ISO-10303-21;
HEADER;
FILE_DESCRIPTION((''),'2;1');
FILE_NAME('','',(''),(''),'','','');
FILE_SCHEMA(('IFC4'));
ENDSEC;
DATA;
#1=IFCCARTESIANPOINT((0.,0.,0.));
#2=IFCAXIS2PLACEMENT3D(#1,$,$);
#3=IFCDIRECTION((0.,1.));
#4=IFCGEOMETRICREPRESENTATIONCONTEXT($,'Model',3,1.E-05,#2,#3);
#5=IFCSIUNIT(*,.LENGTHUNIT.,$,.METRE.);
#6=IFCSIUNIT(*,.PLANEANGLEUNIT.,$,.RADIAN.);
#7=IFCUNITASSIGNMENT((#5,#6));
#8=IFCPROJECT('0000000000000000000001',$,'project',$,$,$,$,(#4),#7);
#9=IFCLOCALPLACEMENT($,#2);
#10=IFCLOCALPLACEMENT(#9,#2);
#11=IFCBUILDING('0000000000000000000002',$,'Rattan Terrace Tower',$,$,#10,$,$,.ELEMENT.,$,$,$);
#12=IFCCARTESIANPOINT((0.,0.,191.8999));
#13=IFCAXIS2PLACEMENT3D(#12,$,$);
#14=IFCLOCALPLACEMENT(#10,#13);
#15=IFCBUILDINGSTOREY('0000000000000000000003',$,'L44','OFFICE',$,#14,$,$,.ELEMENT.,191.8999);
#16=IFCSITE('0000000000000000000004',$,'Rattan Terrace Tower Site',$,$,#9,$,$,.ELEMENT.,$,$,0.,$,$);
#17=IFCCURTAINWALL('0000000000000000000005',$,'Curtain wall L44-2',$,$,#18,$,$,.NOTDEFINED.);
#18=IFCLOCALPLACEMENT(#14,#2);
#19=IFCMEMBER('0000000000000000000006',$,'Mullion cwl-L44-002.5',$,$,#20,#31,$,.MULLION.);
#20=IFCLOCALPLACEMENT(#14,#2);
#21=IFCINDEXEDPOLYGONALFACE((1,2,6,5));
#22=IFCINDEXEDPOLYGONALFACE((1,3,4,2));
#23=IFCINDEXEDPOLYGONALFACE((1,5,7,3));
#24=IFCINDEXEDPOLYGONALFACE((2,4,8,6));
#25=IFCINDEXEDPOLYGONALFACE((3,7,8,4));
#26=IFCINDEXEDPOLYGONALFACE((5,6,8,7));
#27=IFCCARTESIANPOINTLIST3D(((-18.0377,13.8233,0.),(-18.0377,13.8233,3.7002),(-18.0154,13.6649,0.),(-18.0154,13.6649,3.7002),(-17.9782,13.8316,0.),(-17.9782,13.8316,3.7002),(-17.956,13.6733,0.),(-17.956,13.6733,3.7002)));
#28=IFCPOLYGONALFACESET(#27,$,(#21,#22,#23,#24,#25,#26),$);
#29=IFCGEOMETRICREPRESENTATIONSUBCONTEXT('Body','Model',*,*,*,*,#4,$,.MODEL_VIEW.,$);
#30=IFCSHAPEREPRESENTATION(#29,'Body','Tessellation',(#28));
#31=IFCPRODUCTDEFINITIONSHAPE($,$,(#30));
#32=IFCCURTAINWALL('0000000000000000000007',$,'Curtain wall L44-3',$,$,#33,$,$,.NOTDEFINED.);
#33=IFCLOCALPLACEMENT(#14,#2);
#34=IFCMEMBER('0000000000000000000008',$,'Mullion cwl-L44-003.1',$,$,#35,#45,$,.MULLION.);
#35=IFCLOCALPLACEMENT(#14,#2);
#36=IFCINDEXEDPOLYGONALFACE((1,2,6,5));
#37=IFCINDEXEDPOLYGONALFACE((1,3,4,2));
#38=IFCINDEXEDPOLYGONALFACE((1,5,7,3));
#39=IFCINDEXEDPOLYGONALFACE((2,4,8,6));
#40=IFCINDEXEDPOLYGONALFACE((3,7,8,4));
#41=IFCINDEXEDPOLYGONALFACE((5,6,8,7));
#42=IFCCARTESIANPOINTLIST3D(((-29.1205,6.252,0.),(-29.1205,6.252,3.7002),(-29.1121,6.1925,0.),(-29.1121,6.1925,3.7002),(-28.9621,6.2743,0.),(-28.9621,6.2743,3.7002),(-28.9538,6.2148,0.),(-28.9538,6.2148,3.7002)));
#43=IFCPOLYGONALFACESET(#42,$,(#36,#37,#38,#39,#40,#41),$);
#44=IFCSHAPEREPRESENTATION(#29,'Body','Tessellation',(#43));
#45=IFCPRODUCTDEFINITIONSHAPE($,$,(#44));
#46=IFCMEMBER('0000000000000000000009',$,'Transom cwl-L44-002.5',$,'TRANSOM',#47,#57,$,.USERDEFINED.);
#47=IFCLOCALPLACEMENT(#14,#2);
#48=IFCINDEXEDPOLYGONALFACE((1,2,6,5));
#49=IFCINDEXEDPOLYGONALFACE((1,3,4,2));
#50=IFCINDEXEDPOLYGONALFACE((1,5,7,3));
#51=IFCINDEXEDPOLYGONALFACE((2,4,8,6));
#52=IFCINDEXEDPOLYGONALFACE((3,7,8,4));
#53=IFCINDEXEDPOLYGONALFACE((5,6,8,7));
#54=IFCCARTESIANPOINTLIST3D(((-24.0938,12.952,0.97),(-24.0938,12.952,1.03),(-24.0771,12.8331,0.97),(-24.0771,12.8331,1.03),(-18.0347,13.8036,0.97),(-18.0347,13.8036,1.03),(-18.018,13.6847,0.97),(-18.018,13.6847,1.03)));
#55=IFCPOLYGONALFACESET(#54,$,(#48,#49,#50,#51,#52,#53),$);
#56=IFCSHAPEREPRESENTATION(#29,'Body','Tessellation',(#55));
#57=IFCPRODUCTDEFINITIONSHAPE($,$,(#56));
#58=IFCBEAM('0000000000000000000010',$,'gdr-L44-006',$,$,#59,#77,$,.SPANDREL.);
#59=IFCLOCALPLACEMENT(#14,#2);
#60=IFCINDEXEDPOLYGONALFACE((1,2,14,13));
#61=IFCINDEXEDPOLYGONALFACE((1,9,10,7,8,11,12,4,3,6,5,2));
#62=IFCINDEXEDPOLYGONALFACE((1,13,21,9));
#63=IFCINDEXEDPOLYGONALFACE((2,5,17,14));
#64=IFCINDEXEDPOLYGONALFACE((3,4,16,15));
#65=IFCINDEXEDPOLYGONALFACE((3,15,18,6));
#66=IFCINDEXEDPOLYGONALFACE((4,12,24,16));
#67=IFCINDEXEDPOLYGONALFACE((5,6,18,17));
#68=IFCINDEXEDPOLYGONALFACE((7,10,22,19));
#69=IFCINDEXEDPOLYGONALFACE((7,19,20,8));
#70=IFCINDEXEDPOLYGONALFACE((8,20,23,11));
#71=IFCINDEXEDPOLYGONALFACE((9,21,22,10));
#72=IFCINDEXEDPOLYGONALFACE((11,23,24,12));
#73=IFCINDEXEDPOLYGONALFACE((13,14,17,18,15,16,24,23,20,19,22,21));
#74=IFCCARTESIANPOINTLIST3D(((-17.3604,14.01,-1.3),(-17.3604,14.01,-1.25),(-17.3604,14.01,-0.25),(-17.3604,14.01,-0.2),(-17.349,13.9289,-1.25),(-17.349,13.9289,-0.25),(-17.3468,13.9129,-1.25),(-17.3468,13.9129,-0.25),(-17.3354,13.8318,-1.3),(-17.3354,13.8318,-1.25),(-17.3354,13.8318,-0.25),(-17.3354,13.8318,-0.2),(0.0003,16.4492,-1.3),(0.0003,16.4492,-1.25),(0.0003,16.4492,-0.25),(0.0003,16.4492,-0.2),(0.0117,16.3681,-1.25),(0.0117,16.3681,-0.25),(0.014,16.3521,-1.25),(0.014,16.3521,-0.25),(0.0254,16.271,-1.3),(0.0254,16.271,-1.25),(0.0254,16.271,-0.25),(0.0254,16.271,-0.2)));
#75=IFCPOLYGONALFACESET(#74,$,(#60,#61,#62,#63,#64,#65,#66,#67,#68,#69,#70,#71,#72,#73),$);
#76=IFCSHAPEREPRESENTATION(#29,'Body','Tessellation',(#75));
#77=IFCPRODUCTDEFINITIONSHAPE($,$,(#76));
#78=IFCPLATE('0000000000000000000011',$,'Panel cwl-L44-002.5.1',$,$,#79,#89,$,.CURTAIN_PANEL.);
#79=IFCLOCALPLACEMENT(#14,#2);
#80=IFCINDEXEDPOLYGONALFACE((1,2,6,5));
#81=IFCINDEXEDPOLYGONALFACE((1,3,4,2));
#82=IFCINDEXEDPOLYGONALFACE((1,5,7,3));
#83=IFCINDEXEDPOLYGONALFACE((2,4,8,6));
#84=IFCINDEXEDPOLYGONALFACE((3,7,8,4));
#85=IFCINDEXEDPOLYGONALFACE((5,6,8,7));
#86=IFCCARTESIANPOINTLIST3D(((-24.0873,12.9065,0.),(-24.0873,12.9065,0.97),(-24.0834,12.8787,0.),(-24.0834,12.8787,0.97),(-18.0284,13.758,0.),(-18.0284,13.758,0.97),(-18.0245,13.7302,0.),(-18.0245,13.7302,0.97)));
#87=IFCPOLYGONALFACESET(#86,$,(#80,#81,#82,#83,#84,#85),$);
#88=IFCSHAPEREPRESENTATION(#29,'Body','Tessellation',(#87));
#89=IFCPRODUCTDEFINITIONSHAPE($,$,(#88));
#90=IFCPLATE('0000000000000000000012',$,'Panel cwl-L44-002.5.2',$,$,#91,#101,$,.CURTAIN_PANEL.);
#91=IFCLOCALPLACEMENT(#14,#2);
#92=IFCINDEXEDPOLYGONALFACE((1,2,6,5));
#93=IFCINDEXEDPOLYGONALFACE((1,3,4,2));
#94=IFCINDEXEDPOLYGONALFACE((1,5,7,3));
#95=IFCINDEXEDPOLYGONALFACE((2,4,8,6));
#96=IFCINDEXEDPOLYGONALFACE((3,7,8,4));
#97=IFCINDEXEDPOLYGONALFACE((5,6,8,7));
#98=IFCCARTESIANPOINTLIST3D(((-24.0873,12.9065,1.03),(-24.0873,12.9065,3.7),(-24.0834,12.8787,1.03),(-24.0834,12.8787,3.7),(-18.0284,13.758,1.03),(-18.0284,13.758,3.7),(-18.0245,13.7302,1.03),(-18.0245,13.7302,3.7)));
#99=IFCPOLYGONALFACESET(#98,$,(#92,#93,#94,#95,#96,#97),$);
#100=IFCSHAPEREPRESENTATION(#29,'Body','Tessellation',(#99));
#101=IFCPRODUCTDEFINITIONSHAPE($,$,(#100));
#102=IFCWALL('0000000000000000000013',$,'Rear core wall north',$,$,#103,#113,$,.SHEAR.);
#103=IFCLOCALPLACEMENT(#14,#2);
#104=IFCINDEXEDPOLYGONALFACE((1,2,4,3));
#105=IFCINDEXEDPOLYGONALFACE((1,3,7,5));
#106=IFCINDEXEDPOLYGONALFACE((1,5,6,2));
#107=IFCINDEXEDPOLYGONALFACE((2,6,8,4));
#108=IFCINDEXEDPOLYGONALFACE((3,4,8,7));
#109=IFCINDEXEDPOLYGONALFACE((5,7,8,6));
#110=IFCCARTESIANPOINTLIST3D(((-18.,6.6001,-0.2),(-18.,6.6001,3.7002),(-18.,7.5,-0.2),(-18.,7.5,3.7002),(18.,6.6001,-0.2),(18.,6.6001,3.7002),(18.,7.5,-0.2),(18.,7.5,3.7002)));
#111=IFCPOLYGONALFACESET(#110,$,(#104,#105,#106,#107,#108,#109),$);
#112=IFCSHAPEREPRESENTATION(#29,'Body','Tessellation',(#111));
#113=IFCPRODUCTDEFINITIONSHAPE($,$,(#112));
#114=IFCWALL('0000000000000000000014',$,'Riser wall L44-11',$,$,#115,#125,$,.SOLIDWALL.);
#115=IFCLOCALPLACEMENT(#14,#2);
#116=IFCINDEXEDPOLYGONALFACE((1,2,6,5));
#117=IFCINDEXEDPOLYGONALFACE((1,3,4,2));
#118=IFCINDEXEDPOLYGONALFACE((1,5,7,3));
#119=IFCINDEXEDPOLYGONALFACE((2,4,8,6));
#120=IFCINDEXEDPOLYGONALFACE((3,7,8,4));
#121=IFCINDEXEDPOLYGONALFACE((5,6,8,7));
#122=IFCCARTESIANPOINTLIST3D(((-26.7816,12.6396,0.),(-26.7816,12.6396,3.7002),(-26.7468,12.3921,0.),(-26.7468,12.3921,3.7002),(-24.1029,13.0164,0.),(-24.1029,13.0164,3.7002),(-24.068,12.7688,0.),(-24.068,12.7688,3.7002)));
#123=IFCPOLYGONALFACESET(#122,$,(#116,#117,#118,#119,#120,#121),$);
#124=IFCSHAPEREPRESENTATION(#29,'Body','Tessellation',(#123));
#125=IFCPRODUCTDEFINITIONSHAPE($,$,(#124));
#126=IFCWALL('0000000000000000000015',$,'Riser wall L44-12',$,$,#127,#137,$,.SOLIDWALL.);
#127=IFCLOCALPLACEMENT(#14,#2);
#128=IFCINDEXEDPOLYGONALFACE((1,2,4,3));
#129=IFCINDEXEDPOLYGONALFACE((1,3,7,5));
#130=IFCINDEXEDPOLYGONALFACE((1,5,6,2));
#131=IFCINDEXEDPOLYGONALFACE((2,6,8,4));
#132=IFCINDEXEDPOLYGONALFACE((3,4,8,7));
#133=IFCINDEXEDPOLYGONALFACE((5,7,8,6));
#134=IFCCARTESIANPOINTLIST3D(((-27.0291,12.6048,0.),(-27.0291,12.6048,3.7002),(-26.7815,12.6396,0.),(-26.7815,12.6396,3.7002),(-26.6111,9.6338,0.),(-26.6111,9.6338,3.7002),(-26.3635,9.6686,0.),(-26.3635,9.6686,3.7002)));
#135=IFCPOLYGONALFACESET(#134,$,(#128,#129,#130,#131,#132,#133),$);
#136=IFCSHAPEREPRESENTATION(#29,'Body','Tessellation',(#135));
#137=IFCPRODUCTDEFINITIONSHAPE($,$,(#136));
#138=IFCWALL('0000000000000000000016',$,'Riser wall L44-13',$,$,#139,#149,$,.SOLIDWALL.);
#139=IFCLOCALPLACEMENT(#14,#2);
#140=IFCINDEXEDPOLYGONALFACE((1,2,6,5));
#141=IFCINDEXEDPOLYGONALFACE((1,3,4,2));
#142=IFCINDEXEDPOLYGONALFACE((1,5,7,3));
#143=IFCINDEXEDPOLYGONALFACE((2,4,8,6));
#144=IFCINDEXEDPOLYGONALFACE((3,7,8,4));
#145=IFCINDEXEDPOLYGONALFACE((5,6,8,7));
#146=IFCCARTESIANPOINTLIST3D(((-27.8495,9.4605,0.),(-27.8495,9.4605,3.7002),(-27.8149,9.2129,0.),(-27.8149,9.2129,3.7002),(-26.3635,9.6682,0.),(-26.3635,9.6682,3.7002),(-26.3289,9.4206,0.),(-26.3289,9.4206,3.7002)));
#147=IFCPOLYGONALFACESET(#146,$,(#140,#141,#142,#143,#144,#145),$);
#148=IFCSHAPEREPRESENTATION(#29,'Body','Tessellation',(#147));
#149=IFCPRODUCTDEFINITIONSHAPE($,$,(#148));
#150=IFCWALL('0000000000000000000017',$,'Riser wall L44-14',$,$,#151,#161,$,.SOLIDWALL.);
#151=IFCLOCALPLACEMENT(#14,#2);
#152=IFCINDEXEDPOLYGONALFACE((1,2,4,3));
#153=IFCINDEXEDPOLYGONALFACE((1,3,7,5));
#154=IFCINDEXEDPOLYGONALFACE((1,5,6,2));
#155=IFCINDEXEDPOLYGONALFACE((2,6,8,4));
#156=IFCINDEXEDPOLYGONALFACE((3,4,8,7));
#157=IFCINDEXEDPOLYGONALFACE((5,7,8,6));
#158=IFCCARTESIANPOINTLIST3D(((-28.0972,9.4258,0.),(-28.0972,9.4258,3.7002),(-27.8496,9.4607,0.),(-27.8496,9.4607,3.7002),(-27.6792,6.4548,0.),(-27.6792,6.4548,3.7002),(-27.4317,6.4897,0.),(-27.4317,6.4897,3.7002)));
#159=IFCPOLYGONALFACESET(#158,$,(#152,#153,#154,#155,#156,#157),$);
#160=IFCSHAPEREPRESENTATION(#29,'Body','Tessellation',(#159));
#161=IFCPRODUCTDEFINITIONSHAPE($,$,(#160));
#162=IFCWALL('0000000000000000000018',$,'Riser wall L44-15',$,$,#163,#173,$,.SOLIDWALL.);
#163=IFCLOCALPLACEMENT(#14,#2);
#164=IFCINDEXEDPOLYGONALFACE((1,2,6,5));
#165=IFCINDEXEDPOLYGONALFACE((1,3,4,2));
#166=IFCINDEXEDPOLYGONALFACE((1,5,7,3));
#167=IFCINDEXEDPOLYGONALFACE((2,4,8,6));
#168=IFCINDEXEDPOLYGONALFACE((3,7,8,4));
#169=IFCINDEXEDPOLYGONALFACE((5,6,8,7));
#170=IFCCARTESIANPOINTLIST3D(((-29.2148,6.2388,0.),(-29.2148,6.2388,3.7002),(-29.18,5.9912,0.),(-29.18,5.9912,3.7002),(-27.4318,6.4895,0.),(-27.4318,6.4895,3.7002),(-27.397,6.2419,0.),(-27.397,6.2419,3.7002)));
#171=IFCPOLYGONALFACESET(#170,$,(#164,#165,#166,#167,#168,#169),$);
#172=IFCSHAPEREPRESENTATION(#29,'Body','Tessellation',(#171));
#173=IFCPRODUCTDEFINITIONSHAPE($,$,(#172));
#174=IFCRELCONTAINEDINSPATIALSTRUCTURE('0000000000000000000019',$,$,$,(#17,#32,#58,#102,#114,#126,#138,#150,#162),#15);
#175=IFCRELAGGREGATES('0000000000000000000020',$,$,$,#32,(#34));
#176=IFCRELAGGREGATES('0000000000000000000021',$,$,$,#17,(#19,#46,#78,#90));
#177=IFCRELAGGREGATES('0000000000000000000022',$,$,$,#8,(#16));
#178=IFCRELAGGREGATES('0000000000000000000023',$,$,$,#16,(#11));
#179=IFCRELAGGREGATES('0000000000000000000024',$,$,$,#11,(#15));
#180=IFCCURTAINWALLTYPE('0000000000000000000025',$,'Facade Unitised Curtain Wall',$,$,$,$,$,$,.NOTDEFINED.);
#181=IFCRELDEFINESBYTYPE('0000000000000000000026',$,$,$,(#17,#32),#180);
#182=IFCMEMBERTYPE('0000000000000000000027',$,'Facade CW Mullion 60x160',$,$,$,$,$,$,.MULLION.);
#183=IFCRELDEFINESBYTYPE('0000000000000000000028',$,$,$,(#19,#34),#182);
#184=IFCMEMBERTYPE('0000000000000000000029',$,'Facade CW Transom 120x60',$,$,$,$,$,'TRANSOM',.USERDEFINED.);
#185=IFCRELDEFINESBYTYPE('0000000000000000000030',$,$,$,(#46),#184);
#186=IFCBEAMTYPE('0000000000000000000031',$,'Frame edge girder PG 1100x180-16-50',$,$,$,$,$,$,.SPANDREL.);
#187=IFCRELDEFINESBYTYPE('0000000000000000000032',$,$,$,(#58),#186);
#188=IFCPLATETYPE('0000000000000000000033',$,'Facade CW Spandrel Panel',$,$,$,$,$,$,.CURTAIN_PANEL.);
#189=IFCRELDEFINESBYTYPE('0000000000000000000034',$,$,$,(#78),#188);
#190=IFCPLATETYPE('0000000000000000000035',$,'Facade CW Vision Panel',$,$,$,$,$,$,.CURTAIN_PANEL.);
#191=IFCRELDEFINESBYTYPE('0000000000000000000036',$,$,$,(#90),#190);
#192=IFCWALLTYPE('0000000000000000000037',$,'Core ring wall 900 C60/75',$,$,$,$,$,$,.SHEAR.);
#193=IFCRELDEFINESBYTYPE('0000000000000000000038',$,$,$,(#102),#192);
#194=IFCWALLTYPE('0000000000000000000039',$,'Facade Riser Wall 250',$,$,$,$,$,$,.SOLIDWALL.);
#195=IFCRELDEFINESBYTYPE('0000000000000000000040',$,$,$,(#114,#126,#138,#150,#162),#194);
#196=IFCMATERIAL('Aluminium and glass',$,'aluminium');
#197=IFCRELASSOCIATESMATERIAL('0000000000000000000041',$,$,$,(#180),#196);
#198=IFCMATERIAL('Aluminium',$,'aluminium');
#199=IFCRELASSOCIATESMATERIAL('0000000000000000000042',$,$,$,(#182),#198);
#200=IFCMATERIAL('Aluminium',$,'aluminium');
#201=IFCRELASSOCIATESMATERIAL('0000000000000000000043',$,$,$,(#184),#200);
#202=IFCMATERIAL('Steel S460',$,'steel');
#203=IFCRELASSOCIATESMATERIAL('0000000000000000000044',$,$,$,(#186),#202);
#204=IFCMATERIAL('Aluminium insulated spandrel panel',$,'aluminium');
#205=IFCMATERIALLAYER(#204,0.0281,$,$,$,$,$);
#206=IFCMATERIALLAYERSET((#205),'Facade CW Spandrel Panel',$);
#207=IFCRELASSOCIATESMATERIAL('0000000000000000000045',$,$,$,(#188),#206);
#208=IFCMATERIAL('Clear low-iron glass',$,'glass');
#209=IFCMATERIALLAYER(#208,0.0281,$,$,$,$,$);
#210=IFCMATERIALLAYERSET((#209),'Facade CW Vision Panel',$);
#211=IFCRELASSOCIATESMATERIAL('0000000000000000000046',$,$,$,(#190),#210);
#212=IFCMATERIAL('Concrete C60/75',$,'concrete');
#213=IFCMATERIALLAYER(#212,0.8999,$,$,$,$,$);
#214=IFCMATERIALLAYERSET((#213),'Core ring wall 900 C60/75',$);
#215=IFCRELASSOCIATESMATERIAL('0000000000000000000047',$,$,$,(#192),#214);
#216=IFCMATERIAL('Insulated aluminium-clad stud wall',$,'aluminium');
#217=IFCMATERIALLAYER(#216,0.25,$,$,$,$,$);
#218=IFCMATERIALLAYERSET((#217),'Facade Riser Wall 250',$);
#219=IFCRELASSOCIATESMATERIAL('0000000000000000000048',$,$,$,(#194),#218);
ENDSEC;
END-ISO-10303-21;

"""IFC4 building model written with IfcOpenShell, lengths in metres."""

from ifc_helpers import new_model, si_unit, direction, frame, frame_2d, origin, origin_2d, place, context, subcontext, project, spatial, rectangle, i_section, extrude, material, layer, layer_set, material_profile, profile_set, type_object, element, aggregate, save


model = new_model("IFC4")

# Units and contexts
model_context = context("Model", 3, precision=1e-05, world=origin(), true_north=direction((0.0, 1.0)))
body_context = subcontext(model_context, "Body", "Model", "MODEL_VIEW")
ifc_project = project(units=[si_unit("LENGTHUNIT", "METRE"), si_unit("PLANEANGLEUNIT", "RADIAN")], contexts=[model_context])

# Site, building, storey
site_placement = place(None, origin())
site = spatial("IfcSite", under=ifc_project, at=site_placement, Name="Rattan Terrace Tower Site", CompositionType="ELEMENT", RefElevation=0.0)
building_placement = place(site_placement, origin())
building = spatial("IfcBuilding", under=site, at=building_placement, Name="Rattan Terrace Tower", CompositionType="ELEMENT")
storey_placement = place(building_placement, frame((0.0, 0.0, 191.8999)))
storey = spatial("IfcBuildingStorey", under=building, at=storey_placement, Name="L44", Description="OFFICE", CompositionType="ELEMENT", Elevation=191.8999)

# Curtain walls, members
ifc_material_1 = material(Name="Aluminium and glass", Category="aluminium")
curtain_wall_type = type_object("IfcCurtainWallType", Name="Facade Unitised Curtain Wall", PredefinedType="NOTDEFINED", material=ifc_material_1)
curtain_wall_1_placement = place(storey_placement, origin())
curtain_wall_1 = element("IfcCurtainWall", 1, at=curtain_wall_1_placement, inside=storey, type_object=curtain_wall_type, Name="Curtain wall L44-2", PredefinedType="NOTDEFINED")
ifc_material_2 = material(Name="Aluminium", Category="aluminium")
ifc_material_profile_1 = material_profile(ifc_material_2, rectangle(XDim=0.0601, YDim=0.1599, at=origin_2d()), Name="Aluminium 60x160")
ifc_profile_set_1 = profile_set([ifc_material_profile_1], Name="Aluminium")
member_type_1 = type_object("IfcMemberType", Name="Facade CW Mullion 60x160", PredefinedType="MULLION", material=ifc_profile_set_1)
member_1_placement = place(storey_placement, frame((-17.9968, 13.7483, 0.0), z_axis=(0.0, 0.0, 1.0), x_axis=(-0.99027, -0.139161, 0.0)))
member_1 = element("IfcMember", 2, at=member_1_placement, type_object=member_type_1, Name="Mullion cwl-L44-002.5", PredefinedType="MULLION", context=body_context, shape_type="SweptSolid", body=[
    extrude(rectangle(XDim=0.0601, YDim=0.1599, at=origin_2d()), origin(), (0.0, 0.0, 1.0), 3.7002),
])
curtain_wall_2_placement = place(storey_placement, origin())
curtain_wall_2 = element("IfcCurtainWall", 3, at=curtain_wall_2_placement, inside=storey, type_object=curtain_wall_type, Name="Curtain wall L44-3", PredefinedType="NOTDEFINED")
member_2_placement = place(storey_placement, frame((-29.0371, 6.2334, 0.0), z_axis=(0.0, 0.0, 1.0), x_axis=(0.139191, -0.990266, 0.0)))
member_2 = element("IfcMember", 4, at=member_2_placement, type_object=member_type_1, Name="Mullion cwl-L44-003.1", PredefinedType="MULLION", context=body_context, shape_type="SweptSolid", body=[
    extrude(rectangle(XDim=0.0601, YDim=0.1599, at=origin_2d()), origin(), (0.0, 0.0, 1.0), 3.7002),
])
aggregate(curtain_wall_2, [member_2])

# Member
ifc_material_3 = material(Name="Aluminium", Category="aluminium")
ifc_material_profile_2 = material_profile(ifc_material_3, rectangle(XDim=0.1201, YDim=0.0601, at=origin_2d()), Name="Aluminium 120x60")
ifc_profile_set_2 = profile_set([ifc_material_profile_2], Name="Aluminium")
member_type_2 = type_object("IfcMemberType", Name="Facade CW Transom 120x60", ElementType="TRANSOM", PredefinedType="USERDEFINED", material=ifc_profile_set_2)
member_3_placement = place(storey_placement, frame((-18.0264, 13.7441, 1.0), z_axis=(-0.990268, -0.139175, 0.0), x_axis=(0.139175, -0.990268, 0.0)))
member_3 = element("IfcMember", 5, at=member_3_placement, type_object=member_type_2, Name="Transom cwl-L44-002.5", ObjectType="TRANSOM", PredefinedType="USERDEFINED", context=body_context, shape_type="SweptSolid", body=[
    extrude(rectangle(XDim=0.1201, YDim=0.0601, at=origin_2d()), origin(), (0.0, 0.0, 1.0), 6.1187),
])

# Beam
ifc_material_4 = material(Name="Steel S460", Category="steel")
ifc_material_profile_3 = material_profile(ifc_material_4, i_section(OverallWidth=0.1799, OverallDepth=1.1001, WebThickness=0.0161, FlangeThickness=0.05, at=origin_2d()), Name="PG 1100x180-16-50")
ifc_profile_set_3 = profile_set([ifc_material_profile_3], Name="Steel S460")
beam_type = type_object("IfcBeamType", Name="Frame edge girder PG 1100x180-16-50", PredefinedType="SPANDREL", material=ifc_profile_set_3)
beam_placement = place(storey_placement, frame((-17.3479, 13.9209, -0.75), z_axis=(0.990274, 0.139134, 0.0), x_axis=(-0.139134, 0.990274, 0.0)))
element("IfcBeam", 6, at=beam_placement, inside=storey, type_object=beam_type, Name="gdr-L44-006", PredefinedType="SPANDREL", context=body_context, shape_type="SweptSolid", body=[
    extrude(i_section(OverallWidth=0.1799, OverallDepth=1.1001, WebThickness=0.0161, FlangeThickness=0.05, at=origin_2d()), origin(), (0.0, 0.0, 1.0), 17.5312),
])

# Plates
ifc_material_5 = material(Name="Aluminium insulated spandrel panel", Category="aluminium")
ifc_layer_1 = layer(ifc_material_5, 0.0281)
ifc_layer_set_1 = layer_set([ifc_layer_1], Name="Facade CW Spandrel Panel")
plate_type_1 = type_object("IfcPlateType", Name="Facade CW Spandrel Panel", PredefinedType="CURTAIN_PANEL", material=ifc_layer_set_1)
plate_1_placement = place(storey_placement, frame((-21.0559, 13.3184, 0.0), z_axis=(0.0, 0.0, 1.0), x_axis=(-0.99027, -0.139161, 0.0)))
plate_1 = element("IfcPlate", 7, at=plate_1_placement, type_object=plate_type_1, Name="Panel cwl-L44-002.5.1", PredefinedType="CURTAIN_PANEL", context=body_context, shape_type="SweptSolid", body=[
    extrude(rectangle(XDim=6.1184, YDim=0.0281, at=origin_2d()), origin(), (0.0, 0.0, 1.0), 0.97),
])
ifc_material_6 = material(Name="Clear low-iron glass", Category="glass")
ifc_layer_2 = layer(ifc_material_6, 0.0281)
ifc_layer_set_2 = layer_set([ifc_layer_2], Name="Facade CW Vision Panel")
plate_type_2 = type_object("IfcPlateType", Name="Facade CW Vision Panel", PredefinedType="CURTAIN_PANEL", material=ifc_layer_set_2)
plate_2_placement = place(storey_placement, frame((-21.0559, 13.3184, 1.03), z_axis=(0.0, 0.0, 1.0), x_axis=(-0.99027, -0.139161, 0.0)))
plate_2 = element("IfcPlate", 8, at=plate_2_placement, type_object=plate_type_2, Name="Panel cwl-L44-002.5.2", PredefinedType="CURTAIN_PANEL", context=body_context, shape_type="SweptSolid", body=[
    extrude(rectangle(XDim=6.1184, YDim=0.0281, at=origin_2d()), origin(), (0.0, 0.0, 1.0), 2.6699),
])
aggregate(curtain_wall_1, [member_1, member_3, plate_1, plate_2])

# Walls
ifc_material_7 = material(Name="Concrete C60/75", Category="concrete")
ifc_layer_3 = layer(ifc_material_7, 0.8999)
ifc_layer_set_3 = layer_set([ifc_layer_3], Name="Core ring wall 900 C60/75")
wall_type_1 = type_object("IfcWallType", Name="Core ring wall 900 C60/75", PredefinedType="SHEAR", material=ifc_layer_set_3)
wall_1_placement = place(storey_placement, frame((-18.0, 7.05, -0.2), z_axis=(0.0, 0.0, 1.0), x_axis=(1.0, 0.0, 0.0)))
element("IfcWall", 9, at=wall_1_placement, inside=storey, type_object=wall_type_1, Name="Rear core wall north", PredefinedType="SHEAR", context=body_context, shape_type="SweptSolid", body=[
    extrude(rectangle(XDim=36.0, YDim=0.8999, at=frame_2d((18.0, 0.0))), origin(), (0.0, 0.0, 1.0), 3.9001),
])
ifc_material_8 = material(Name="Insulated aluminium-clad stud wall", Category="aluminium")
ifc_layer_4 = layer(ifc_material_8, 0.25)
ifc_layer_set_4 = layer_set([ifc_layer_4], Name="Facade Riser Wall 250")
wall_type_2 = type_object("IfcWallType", Name="Facade Riser Wall 250", PredefinedType="SOLIDWALL", material=ifc_layer_set_4)
wall_2_placement = place(storey_placement, frame((-24.0854, 12.8926, 0.0), z_axis=(0.0, 0.0, 1.0), x_axis=(-0.990256, -0.13926, 0.0)))
element("IfcWall", 10, at=wall_2_placement, inside=storey, type_object=wall_type_2, Name="Riser wall L44-11", PredefinedType="SOLIDWALL", context=body_context, shape_type="SweptSolid", body=[
    extrude(rectangle(XDim=2.7051, YDim=0.25, at=frame_2d((1.3525, 0.0))), origin(), (0.0, 0.0, 1.0), 3.7002),
])
wall_3_placement = place(storey_placement, frame((-26.9053, 12.6221, 0.0), z_axis=(0.0, 0.0, 1.0), x_axis=(0.139313, -0.990248, 0.0)))
element("IfcWall", 11, at=wall_3_placement, inside=storey, type_object=wall_type_2, Name="Riser wall L44-12", PredefinedType="SOLIDWALL", context=body_context, shape_type="SweptSolid", body=[
    extrude(rectangle(XDim=3.0002, YDim=0.25, at=frame_2d((1.5, 0.0))), origin(), (0.0, 0.0, 1.0), 3.7002),
])
wall_4_placement = place(storey_placement, frame((-26.3462, 9.5444, 0.0), z_axis=(0.0, 0.0, 1.0), x_axis=(-0.990368, -0.13846, 0.0)))
element("IfcWall", 12, at=wall_4_placement, inside=storey, type_object=wall_type_2, Name="Riser wall L44-13", PredefinedType="SOLIDWALL", context=body_context, shape_type="SweptSolid", body=[
    extrude(rectangle(XDim=1.5005, YDim=0.25, at=frame_2d((0.7502, 0.0))), origin(), (0.0, 0.0, 1.0), 3.7002),
])
wall_5_placement = place(storey_placement, frame((-27.9734, 9.4431, 0.0), z_axis=(0.0, 0.0, 1.0), x_axis=(0.139313, -0.990248, 0.0)))
element("IfcWall", 13, at=wall_5_placement, inside=storey, type_object=wall_type_2, Name="Riser wall L44-14", PredefinedType="SOLIDWALL", context=body_context, shape_type="SweptSolid", body=[
    extrude(rectangle(XDim=3.0002, YDim=0.25, at=frame_2d((1.5, 0.0))), origin(), (0.0, 0.0, 1.0), 3.7002),
])
wall_6_placement = place(storey_placement, frame((-27.4143, 6.3657, 0.0), z_axis=(0.0, 0.0, 1.0), x_axis=(-0.990256, -0.139257, 0.0)))
element("IfcWall", 14, at=wall_6_placement, inside=storey, type_object=wall_type_2, Name="Riser wall L44-15", PredefinedType="SOLIDWALL", context=body_context, shape_type="SweptSolid", body=[
    extrude(rectangle(XDim=1.8005, YDim=0.25, at=frame_2d((0.9004, 0.0))), origin(), (0.0, 0.0, 1.0), 3.7002),
])

save(model, "model.ifc")
